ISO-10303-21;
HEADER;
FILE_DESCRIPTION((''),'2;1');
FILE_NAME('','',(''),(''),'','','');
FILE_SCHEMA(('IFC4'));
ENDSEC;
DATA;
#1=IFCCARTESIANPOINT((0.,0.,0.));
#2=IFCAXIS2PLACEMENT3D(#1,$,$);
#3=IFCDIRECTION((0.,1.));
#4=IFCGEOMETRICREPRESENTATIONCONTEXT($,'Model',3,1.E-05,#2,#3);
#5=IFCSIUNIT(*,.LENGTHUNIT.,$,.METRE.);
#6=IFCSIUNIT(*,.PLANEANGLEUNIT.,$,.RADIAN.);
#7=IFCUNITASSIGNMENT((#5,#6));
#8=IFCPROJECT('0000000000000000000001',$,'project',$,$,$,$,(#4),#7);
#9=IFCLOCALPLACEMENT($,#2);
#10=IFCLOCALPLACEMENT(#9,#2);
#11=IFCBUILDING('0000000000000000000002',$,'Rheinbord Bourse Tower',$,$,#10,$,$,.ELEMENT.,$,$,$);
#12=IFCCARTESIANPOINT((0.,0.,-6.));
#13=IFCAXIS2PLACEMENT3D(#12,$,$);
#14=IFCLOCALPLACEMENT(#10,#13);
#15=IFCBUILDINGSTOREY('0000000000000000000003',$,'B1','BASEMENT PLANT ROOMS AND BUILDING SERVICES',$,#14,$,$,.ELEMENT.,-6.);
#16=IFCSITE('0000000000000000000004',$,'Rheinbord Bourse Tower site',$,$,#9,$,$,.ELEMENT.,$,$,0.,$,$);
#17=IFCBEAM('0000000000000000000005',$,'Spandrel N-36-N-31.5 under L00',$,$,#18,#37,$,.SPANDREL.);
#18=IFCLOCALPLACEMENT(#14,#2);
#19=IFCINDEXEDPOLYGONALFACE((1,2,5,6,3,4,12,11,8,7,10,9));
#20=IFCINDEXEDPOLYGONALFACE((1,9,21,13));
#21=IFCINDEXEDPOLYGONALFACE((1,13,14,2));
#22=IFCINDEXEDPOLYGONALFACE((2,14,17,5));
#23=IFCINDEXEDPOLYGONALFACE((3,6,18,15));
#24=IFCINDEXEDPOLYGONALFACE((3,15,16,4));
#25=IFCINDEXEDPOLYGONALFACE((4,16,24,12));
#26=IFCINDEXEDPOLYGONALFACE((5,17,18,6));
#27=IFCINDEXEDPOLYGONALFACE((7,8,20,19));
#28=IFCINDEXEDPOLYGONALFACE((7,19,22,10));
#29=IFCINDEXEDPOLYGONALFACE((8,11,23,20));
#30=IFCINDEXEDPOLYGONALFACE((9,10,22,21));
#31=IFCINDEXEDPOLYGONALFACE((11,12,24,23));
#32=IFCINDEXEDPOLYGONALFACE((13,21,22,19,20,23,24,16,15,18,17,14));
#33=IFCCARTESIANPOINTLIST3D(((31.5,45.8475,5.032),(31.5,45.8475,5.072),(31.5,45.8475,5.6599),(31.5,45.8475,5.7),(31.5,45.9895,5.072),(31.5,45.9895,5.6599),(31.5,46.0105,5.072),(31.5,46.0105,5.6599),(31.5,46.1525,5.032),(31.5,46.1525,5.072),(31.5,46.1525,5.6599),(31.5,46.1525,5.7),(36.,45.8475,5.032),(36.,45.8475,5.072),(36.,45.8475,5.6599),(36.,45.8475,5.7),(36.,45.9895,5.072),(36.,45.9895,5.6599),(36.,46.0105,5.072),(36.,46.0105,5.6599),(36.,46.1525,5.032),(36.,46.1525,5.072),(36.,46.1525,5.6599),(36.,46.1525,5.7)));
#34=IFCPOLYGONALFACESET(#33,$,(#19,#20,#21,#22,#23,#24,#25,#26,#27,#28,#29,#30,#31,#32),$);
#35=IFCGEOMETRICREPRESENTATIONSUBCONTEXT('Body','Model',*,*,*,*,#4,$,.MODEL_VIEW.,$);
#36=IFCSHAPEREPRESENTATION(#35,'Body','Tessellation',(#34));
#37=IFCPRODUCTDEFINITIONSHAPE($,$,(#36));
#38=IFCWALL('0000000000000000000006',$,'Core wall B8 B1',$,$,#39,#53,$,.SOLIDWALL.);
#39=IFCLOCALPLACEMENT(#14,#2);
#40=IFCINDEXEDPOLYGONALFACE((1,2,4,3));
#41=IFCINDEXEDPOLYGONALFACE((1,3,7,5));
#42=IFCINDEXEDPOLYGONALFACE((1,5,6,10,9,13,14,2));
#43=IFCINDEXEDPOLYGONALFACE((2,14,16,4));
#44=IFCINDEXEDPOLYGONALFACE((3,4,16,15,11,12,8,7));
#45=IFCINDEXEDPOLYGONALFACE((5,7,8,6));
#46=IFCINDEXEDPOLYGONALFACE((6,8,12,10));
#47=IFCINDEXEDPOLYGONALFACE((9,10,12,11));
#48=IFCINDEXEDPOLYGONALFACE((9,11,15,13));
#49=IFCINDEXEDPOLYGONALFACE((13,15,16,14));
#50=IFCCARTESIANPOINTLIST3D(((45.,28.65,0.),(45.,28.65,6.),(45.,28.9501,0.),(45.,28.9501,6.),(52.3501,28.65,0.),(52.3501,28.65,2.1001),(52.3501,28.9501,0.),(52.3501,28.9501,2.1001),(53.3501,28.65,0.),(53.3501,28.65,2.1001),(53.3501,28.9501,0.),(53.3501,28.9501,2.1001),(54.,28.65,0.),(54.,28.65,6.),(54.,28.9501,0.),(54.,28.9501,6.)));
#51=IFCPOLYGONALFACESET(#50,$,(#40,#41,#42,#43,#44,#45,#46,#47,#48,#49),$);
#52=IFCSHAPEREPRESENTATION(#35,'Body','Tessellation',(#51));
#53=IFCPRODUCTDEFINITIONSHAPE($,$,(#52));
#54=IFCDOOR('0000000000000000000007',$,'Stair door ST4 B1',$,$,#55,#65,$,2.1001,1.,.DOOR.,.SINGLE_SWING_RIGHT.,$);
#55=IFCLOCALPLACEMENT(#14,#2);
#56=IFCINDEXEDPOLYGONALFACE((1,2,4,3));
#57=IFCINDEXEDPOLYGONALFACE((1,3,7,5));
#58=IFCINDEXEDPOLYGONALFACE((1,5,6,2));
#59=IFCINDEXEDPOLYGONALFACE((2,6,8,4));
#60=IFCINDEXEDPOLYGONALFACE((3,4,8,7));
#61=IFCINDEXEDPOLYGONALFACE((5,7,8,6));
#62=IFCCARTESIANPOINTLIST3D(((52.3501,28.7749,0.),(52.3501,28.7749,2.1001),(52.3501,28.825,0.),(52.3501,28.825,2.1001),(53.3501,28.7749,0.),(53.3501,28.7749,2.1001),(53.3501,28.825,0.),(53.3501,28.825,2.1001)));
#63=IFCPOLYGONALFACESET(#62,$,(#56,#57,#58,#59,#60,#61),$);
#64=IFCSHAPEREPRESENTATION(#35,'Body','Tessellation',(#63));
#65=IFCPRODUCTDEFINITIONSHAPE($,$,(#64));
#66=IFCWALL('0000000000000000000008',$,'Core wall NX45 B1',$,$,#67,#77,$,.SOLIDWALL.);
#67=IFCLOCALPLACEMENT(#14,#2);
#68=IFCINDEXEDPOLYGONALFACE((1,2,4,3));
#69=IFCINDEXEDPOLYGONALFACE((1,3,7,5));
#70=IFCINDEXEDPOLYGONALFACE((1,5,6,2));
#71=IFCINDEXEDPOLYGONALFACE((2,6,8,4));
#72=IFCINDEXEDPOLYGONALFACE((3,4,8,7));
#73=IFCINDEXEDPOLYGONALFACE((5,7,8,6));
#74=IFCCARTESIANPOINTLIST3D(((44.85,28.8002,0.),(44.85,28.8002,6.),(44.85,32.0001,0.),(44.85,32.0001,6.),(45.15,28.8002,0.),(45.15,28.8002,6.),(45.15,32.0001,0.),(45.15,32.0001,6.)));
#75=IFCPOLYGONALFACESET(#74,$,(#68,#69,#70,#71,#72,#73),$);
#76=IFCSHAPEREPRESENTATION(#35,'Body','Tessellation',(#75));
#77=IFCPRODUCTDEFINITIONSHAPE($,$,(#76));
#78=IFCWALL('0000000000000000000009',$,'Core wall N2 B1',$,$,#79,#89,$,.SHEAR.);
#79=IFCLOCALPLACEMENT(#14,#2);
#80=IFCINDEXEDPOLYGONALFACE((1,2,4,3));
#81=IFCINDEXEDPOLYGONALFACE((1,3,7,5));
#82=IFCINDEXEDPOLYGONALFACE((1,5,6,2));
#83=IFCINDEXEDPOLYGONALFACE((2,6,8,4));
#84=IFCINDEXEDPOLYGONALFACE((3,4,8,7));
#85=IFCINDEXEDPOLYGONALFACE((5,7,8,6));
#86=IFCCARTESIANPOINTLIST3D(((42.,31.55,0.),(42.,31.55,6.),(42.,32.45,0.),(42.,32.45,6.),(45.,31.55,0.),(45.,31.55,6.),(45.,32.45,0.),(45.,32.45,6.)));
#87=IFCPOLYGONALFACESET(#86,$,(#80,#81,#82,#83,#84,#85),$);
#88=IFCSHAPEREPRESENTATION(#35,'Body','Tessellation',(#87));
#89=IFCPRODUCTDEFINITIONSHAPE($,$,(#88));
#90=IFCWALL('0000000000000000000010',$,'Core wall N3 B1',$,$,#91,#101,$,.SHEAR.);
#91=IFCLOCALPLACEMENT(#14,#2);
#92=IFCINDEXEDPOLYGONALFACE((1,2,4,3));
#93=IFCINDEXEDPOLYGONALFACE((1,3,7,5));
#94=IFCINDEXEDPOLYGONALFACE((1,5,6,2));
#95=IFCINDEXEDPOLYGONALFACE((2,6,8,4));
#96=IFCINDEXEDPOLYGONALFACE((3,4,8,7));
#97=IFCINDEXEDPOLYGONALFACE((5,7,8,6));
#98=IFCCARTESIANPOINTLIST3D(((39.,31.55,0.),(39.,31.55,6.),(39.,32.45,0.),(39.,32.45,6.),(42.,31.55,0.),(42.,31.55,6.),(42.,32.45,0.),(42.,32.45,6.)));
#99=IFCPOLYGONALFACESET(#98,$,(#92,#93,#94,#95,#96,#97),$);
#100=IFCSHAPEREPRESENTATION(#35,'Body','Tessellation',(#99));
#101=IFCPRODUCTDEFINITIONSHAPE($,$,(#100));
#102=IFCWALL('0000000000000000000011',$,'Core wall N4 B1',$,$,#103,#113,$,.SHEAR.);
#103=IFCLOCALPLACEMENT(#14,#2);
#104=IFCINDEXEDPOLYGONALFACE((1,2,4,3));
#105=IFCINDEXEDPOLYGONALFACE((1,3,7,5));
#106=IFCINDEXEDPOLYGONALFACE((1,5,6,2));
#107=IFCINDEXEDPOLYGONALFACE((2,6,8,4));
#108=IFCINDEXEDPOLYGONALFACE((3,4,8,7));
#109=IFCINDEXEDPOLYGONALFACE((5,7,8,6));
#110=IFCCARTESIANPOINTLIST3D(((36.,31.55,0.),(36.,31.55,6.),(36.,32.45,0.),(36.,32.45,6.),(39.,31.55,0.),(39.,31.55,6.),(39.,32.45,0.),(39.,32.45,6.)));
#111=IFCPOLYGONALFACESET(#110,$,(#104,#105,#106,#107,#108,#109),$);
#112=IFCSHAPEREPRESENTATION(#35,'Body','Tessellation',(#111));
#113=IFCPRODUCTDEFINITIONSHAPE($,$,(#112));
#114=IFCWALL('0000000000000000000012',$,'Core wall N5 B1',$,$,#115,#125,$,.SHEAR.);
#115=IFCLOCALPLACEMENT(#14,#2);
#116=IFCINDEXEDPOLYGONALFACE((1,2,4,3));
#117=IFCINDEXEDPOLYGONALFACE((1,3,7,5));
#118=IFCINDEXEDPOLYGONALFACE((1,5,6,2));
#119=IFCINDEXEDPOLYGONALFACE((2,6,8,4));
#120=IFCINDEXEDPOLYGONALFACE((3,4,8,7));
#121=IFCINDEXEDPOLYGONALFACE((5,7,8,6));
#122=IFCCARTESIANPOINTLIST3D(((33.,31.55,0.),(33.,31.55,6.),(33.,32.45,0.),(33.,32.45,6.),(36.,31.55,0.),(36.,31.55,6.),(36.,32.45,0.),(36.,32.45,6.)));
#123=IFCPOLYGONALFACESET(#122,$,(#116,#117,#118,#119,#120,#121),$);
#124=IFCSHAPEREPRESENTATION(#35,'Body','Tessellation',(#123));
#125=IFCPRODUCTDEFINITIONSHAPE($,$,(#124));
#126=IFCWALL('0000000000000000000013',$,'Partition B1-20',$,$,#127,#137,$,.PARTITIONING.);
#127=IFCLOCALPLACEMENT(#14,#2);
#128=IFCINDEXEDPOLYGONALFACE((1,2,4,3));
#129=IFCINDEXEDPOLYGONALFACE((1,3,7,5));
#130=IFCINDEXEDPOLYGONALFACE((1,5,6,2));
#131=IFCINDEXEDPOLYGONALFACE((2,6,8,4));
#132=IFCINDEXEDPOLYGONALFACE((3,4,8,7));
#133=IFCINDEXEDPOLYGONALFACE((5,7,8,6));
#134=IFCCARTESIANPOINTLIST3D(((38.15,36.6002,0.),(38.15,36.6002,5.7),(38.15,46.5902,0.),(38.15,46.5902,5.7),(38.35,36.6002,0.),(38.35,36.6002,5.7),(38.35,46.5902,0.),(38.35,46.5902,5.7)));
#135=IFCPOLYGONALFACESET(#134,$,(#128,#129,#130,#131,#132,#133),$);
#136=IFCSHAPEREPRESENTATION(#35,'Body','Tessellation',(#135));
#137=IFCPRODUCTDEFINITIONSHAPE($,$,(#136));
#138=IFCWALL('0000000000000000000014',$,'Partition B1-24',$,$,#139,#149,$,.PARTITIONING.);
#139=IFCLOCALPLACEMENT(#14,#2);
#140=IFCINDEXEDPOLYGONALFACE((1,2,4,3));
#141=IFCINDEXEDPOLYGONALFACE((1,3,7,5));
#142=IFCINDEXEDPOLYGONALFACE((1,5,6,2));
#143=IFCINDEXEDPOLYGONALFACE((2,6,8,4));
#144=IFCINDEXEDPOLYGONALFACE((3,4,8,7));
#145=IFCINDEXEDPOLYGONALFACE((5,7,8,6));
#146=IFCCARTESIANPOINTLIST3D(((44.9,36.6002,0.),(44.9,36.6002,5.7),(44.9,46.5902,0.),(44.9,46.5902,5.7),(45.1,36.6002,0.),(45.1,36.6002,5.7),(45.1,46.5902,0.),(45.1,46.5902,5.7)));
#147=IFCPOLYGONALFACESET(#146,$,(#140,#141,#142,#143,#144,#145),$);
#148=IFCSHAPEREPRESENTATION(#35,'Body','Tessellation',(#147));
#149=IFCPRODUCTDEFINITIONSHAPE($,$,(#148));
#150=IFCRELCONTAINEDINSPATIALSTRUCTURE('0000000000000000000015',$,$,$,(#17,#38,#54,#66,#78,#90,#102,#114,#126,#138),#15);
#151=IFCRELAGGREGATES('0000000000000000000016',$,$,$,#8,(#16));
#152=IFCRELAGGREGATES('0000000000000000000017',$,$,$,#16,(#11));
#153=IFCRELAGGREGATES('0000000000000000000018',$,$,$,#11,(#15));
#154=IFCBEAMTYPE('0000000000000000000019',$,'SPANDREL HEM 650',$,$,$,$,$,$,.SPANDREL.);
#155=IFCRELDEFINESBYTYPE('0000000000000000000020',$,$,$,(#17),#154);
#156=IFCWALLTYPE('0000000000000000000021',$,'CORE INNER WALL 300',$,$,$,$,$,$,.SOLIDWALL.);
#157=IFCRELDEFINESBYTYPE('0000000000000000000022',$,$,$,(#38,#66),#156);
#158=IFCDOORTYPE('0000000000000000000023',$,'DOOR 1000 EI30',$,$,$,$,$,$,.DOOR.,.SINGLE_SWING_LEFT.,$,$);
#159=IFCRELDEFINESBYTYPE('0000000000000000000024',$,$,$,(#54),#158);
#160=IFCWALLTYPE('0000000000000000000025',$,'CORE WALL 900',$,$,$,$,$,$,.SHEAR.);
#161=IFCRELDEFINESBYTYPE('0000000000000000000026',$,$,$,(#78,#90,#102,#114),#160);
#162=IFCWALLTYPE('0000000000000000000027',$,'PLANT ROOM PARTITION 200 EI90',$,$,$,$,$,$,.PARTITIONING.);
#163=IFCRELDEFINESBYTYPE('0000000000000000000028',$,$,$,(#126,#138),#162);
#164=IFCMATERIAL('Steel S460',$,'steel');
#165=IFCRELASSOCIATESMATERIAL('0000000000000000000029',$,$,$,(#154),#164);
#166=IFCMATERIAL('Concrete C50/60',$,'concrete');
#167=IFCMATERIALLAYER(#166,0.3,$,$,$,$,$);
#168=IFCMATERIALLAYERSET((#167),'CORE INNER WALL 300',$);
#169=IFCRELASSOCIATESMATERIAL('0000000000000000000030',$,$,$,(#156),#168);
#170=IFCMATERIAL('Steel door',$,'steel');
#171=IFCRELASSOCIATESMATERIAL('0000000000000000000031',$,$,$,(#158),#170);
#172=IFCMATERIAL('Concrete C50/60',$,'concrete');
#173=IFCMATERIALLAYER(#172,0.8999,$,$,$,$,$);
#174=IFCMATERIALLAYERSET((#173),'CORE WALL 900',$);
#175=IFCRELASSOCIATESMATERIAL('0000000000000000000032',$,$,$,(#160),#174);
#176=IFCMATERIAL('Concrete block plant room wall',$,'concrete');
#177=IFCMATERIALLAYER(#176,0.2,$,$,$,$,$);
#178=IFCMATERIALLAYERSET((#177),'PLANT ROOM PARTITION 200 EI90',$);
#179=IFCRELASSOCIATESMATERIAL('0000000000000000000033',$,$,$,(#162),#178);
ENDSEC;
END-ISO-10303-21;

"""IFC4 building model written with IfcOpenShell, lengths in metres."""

from ifc_helpers import new_model, si_unit, direction, frame, frame_2d, origin, origin_2d, place, context, subcontext, project, spatial, rectangle, i_section, extrude, material, layer, layer_set, material_profile, profile_set, type_object, element, fill, save


model = new_model("IFC4")

# Units and contexts
model_context = context("Model", 3, precision=1e-05, world=origin(), true_north=direction((0.0, 1.0)))
body_context = subcontext(model_context, "Body", "Model", "MODEL_VIEW")
ifc_project = project(units=[si_unit("LENGTHUNIT", "METRE"), si_unit("PLANEANGLEUNIT", "RADIAN")], contexts=[model_context])

# Site, building, storey
site_placement = place(None, origin())
site = spatial("IfcSite", under=ifc_project, at=site_placement, Name="Rheinbord Bourse Tower site", CompositionType="ELEMENT", RefElevation=0.0)
building_placement = place(site_placement, origin())
building = spatial("IfcBuilding", under=site, at=building_placement, Name="Rheinbord Bourse Tower", CompositionType="ELEMENT")
storey_placement = place(building_placement, frame((0.0, 0.0, -6.0)))
storey = spatial("IfcBuildingStorey", under=building, at=storey_placement, Name="B1", Description="BASEMENT PLANT ROOMS AND BUILDING SERVICES", CompositionType="ELEMENT", Elevation=-6.0)

# Beam
ifc_material_1 = material(Name="Steel S460", Category="steel")
ifc_material_profile_1 = material_profile(ifc_material_1, i_section(OverallWidth=0.3049, OverallDepth=0.668, WebThickness=0.021, FlangeThickness=0.04, at=origin_2d()), Name="HEM 650")
ifc_profile_set_1 = profile_set([ifc_material_profile_1], Name="Steel S460")
beam_type_1 = type_object("IfcBeamType", Name="SPANDREL HEM 650", PredefinedType="SPANDREL", material=ifc_profile_set_1)
for number, where, z_axis, x_axis, name in (
    (1, (36.0, 46.0, 5.366), (-1.0, 0.0, 0.0), (0.0, -1.0, 0.0), "Spandrel N-36-N-31.5 under L00"),
):
    element("IfcBeam", number, at=place(storey_placement, frame(where, z_axis=z_axis, x_axis=x_axis)), inside=storey, type_object=beam_type_1, Name=name, PredefinedType="SPANDREL", context=body_context, shape_type="SweptSolid", body=[
        extrude(i_section(OverallWidth=0.3049, OverallDepth=0.668, WebThickness=0.021, FlangeThickness=0.04, at=origin_2d()), origin(), (0.0, 0.0, 1.0), 4.5),
    ])

# Wall, opening, door
ifc_material_2 = material(Name="Concrete C50/60", Category="concrete")
ifc_layer_1 = layer(ifc_material_2, 0.3)
ifc_layer_set_1 = layer_set([ifc_layer_1], Name="CORE INNER WALL 300")
wall_type_1 = type_object("IfcWallType", Name="CORE INNER WALL 300", PredefinedType="SOLIDWALL", material=ifc_layer_set_1)
wall_1_placement = place(storey_placement, frame((45.0, 28.8, 0.0), z_axis=(0.0, 0.0, 1.0), x_axis=(1.0, 0.0, 0.0)))
wall_1 = element("IfcWall", 2, at=wall_1_placement, inside=storey, type_object=wall_type_1, Name="Core wall B8 B1", PredefinedType="SOLIDWALL", context=body_context, shape_type="SweptSolid", body=[
    extrude(rectangle(XDim=9.0, YDim=0.3, at=frame_2d((4.5, 0.0))), origin(), (0.0, 0.0, 1.0), 6.0),
])
opening_placement = place(wall_1_placement, frame((7.3501, 0.0, 0.0)))
opening = element("IfcOpeningElement", 3, at=opening_placement, cuts=wall_1, PredefinedType="OPENING", context=body_context, shape_type="SweptSolid", body=[
    extrude(rectangle(XDim=1.0, YDim=2.1001, at=frame_2d((0.5, 1.05))), frame((0.0, 0.1599, 0.0), z_axis=(0.0, -1.0, 0.0), x_axis=(1.0, 0.0, 0.0)), (0.0, 0.0, 1.0), 0.3201),
])
ifc_material_3 = material(Name="Steel door", Category="steel")
door_type = type_object("IfcDoorType", Name="DOOR 1000 EI30", OperationType="SINGLE_SWING_LEFT", PredefinedType="DOOR", material=ifc_material_3)
door_placement = place(opening_placement, origin())
door = element("IfcDoor", 4, at=door_placement, inside=storey, type_object=door_type, Name="Stair door ST4 B1", OperationType="SINGLE_SWING_RIGHT", OverallHeight=2.1001, OverallWidth=1.0, PredefinedType="DOOR", context=body_context, shape_type="SweptSolid", body=[
    extrude(rectangle(XDim=1.0, YDim=2.1001, at=frame_2d((0.5, 1.05))), frame((0.0, 0.0249, 0.0), z_axis=(0.0, -1.0, 0.0), x_axis=(1.0, 0.0, 0.0)), (0.0, 0.0, 1.0), 0.05),
])
fill(opening, door)

# Walls
wall_2_placement = place(storey_placement, frame((45.0, 28.8, 0.0), z_axis=(0.0, 0.0, 1.0), x_axis=(0.0, 1.0, 0.0)))
element("IfcWall", 5, at=wall_2_placement, inside=storey, type_object=wall_type_1, Name="Core wall NX45 B1", PredefinedType="SOLIDWALL", context=body_context, shape_type="SweptSolid", body=[
    extrude(rectangle(XDim=3.2, YDim=0.3, at=frame_2d((1.6001, 0.0))), origin(), (0.0, 0.0, 1.0), 6.0),
])
ifc_material_4 = material(Name="Concrete C50/60", Category="concrete")
ifc_layer_2 = layer(ifc_material_4, 0.8999)
ifc_layer_set_2 = layer_set([ifc_layer_2], Name="CORE WALL 900")
wall_type_2 = type_object("IfcWallType", Name="CORE WALL 900", PredefinedType="SHEAR", material=ifc_layer_set_2)
for number, where, z_axis, x_axis, name in (
    (6, (45.0, 32.0, 0.0), (0.0, 0.0, 1.0), (-1.0, 0.0, 0.0), "Core wall N2 B1"),
    (7, (42.0, 32.0, 0.0), (0.0, 0.0, 1.0), (-1.0, 0.0, 0.0), "Core wall N3 B1"),
    (8, (39.0, 32.0, 0.0), (0.0, 0.0, 1.0), (-1.0, 0.0, 0.0), "Core wall N4 B1"),
    (9, (36.0, 32.0, 0.0), (0.0, 0.0, 1.0), (-1.0, 0.0, 0.0), "Core wall N5 B1"),
):
    element("IfcWall", number, at=place(storey_placement, frame(where, z_axis=z_axis, x_axis=x_axis)), inside=storey, type_object=wall_type_2, Name=name, PredefinedType="SHEAR", context=body_context, shape_type="SweptSolid", body=[
        extrude(rectangle(XDim=3.0, YDim=0.8999, at=frame_2d((1.5, 0.0))), origin(), (0.0, 0.0, 1.0), 6.0),
    ])
ifc_material_5 = material(Name="Concrete block plant room wall", Category="concrete")
ifc_layer_3 = layer(ifc_material_5, 0.2)
ifc_layer_set_3 = layer_set([ifc_layer_3], Name="PLANT ROOM PARTITION 200 EI90")
wall_type_3 = type_object("IfcWallType", Name="PLANT ROOM PARTITION 200 EI90", PredefinedType="PARTITIONING", material=ifc_layer_set_3)
for number, where, z_axis, x_axis, name in (
    (10, (38.25, 36.6001, 0.0), (0.0, 0.0, 1.0), (0.0, 1.0, 0.0), "Partition B1-20"),
    (11, (45.0, 36.6001, 0.0), (0.0, 0.0, 1.0), (0.0, 1.0, 0.0), "Partition B1-24"),
):
    element("IfcWall", number, at=place(storey_placement, frame(where, z_axis=z_axis, x_axis=x_axis)), inside=storey, type_object=wall_type_3, Name=name, PredefinedType="PARTITIONING", context=body_context, shape_type="SweptSolid", body=[
        extrude(rectangle(XDim=9.99, YDim=0.2, at=frame_2d((4.9951, 0.0))), origin(), (0.0, 0.0, 1.0), 5.7),
    ])

save(model, "model.ifc")
